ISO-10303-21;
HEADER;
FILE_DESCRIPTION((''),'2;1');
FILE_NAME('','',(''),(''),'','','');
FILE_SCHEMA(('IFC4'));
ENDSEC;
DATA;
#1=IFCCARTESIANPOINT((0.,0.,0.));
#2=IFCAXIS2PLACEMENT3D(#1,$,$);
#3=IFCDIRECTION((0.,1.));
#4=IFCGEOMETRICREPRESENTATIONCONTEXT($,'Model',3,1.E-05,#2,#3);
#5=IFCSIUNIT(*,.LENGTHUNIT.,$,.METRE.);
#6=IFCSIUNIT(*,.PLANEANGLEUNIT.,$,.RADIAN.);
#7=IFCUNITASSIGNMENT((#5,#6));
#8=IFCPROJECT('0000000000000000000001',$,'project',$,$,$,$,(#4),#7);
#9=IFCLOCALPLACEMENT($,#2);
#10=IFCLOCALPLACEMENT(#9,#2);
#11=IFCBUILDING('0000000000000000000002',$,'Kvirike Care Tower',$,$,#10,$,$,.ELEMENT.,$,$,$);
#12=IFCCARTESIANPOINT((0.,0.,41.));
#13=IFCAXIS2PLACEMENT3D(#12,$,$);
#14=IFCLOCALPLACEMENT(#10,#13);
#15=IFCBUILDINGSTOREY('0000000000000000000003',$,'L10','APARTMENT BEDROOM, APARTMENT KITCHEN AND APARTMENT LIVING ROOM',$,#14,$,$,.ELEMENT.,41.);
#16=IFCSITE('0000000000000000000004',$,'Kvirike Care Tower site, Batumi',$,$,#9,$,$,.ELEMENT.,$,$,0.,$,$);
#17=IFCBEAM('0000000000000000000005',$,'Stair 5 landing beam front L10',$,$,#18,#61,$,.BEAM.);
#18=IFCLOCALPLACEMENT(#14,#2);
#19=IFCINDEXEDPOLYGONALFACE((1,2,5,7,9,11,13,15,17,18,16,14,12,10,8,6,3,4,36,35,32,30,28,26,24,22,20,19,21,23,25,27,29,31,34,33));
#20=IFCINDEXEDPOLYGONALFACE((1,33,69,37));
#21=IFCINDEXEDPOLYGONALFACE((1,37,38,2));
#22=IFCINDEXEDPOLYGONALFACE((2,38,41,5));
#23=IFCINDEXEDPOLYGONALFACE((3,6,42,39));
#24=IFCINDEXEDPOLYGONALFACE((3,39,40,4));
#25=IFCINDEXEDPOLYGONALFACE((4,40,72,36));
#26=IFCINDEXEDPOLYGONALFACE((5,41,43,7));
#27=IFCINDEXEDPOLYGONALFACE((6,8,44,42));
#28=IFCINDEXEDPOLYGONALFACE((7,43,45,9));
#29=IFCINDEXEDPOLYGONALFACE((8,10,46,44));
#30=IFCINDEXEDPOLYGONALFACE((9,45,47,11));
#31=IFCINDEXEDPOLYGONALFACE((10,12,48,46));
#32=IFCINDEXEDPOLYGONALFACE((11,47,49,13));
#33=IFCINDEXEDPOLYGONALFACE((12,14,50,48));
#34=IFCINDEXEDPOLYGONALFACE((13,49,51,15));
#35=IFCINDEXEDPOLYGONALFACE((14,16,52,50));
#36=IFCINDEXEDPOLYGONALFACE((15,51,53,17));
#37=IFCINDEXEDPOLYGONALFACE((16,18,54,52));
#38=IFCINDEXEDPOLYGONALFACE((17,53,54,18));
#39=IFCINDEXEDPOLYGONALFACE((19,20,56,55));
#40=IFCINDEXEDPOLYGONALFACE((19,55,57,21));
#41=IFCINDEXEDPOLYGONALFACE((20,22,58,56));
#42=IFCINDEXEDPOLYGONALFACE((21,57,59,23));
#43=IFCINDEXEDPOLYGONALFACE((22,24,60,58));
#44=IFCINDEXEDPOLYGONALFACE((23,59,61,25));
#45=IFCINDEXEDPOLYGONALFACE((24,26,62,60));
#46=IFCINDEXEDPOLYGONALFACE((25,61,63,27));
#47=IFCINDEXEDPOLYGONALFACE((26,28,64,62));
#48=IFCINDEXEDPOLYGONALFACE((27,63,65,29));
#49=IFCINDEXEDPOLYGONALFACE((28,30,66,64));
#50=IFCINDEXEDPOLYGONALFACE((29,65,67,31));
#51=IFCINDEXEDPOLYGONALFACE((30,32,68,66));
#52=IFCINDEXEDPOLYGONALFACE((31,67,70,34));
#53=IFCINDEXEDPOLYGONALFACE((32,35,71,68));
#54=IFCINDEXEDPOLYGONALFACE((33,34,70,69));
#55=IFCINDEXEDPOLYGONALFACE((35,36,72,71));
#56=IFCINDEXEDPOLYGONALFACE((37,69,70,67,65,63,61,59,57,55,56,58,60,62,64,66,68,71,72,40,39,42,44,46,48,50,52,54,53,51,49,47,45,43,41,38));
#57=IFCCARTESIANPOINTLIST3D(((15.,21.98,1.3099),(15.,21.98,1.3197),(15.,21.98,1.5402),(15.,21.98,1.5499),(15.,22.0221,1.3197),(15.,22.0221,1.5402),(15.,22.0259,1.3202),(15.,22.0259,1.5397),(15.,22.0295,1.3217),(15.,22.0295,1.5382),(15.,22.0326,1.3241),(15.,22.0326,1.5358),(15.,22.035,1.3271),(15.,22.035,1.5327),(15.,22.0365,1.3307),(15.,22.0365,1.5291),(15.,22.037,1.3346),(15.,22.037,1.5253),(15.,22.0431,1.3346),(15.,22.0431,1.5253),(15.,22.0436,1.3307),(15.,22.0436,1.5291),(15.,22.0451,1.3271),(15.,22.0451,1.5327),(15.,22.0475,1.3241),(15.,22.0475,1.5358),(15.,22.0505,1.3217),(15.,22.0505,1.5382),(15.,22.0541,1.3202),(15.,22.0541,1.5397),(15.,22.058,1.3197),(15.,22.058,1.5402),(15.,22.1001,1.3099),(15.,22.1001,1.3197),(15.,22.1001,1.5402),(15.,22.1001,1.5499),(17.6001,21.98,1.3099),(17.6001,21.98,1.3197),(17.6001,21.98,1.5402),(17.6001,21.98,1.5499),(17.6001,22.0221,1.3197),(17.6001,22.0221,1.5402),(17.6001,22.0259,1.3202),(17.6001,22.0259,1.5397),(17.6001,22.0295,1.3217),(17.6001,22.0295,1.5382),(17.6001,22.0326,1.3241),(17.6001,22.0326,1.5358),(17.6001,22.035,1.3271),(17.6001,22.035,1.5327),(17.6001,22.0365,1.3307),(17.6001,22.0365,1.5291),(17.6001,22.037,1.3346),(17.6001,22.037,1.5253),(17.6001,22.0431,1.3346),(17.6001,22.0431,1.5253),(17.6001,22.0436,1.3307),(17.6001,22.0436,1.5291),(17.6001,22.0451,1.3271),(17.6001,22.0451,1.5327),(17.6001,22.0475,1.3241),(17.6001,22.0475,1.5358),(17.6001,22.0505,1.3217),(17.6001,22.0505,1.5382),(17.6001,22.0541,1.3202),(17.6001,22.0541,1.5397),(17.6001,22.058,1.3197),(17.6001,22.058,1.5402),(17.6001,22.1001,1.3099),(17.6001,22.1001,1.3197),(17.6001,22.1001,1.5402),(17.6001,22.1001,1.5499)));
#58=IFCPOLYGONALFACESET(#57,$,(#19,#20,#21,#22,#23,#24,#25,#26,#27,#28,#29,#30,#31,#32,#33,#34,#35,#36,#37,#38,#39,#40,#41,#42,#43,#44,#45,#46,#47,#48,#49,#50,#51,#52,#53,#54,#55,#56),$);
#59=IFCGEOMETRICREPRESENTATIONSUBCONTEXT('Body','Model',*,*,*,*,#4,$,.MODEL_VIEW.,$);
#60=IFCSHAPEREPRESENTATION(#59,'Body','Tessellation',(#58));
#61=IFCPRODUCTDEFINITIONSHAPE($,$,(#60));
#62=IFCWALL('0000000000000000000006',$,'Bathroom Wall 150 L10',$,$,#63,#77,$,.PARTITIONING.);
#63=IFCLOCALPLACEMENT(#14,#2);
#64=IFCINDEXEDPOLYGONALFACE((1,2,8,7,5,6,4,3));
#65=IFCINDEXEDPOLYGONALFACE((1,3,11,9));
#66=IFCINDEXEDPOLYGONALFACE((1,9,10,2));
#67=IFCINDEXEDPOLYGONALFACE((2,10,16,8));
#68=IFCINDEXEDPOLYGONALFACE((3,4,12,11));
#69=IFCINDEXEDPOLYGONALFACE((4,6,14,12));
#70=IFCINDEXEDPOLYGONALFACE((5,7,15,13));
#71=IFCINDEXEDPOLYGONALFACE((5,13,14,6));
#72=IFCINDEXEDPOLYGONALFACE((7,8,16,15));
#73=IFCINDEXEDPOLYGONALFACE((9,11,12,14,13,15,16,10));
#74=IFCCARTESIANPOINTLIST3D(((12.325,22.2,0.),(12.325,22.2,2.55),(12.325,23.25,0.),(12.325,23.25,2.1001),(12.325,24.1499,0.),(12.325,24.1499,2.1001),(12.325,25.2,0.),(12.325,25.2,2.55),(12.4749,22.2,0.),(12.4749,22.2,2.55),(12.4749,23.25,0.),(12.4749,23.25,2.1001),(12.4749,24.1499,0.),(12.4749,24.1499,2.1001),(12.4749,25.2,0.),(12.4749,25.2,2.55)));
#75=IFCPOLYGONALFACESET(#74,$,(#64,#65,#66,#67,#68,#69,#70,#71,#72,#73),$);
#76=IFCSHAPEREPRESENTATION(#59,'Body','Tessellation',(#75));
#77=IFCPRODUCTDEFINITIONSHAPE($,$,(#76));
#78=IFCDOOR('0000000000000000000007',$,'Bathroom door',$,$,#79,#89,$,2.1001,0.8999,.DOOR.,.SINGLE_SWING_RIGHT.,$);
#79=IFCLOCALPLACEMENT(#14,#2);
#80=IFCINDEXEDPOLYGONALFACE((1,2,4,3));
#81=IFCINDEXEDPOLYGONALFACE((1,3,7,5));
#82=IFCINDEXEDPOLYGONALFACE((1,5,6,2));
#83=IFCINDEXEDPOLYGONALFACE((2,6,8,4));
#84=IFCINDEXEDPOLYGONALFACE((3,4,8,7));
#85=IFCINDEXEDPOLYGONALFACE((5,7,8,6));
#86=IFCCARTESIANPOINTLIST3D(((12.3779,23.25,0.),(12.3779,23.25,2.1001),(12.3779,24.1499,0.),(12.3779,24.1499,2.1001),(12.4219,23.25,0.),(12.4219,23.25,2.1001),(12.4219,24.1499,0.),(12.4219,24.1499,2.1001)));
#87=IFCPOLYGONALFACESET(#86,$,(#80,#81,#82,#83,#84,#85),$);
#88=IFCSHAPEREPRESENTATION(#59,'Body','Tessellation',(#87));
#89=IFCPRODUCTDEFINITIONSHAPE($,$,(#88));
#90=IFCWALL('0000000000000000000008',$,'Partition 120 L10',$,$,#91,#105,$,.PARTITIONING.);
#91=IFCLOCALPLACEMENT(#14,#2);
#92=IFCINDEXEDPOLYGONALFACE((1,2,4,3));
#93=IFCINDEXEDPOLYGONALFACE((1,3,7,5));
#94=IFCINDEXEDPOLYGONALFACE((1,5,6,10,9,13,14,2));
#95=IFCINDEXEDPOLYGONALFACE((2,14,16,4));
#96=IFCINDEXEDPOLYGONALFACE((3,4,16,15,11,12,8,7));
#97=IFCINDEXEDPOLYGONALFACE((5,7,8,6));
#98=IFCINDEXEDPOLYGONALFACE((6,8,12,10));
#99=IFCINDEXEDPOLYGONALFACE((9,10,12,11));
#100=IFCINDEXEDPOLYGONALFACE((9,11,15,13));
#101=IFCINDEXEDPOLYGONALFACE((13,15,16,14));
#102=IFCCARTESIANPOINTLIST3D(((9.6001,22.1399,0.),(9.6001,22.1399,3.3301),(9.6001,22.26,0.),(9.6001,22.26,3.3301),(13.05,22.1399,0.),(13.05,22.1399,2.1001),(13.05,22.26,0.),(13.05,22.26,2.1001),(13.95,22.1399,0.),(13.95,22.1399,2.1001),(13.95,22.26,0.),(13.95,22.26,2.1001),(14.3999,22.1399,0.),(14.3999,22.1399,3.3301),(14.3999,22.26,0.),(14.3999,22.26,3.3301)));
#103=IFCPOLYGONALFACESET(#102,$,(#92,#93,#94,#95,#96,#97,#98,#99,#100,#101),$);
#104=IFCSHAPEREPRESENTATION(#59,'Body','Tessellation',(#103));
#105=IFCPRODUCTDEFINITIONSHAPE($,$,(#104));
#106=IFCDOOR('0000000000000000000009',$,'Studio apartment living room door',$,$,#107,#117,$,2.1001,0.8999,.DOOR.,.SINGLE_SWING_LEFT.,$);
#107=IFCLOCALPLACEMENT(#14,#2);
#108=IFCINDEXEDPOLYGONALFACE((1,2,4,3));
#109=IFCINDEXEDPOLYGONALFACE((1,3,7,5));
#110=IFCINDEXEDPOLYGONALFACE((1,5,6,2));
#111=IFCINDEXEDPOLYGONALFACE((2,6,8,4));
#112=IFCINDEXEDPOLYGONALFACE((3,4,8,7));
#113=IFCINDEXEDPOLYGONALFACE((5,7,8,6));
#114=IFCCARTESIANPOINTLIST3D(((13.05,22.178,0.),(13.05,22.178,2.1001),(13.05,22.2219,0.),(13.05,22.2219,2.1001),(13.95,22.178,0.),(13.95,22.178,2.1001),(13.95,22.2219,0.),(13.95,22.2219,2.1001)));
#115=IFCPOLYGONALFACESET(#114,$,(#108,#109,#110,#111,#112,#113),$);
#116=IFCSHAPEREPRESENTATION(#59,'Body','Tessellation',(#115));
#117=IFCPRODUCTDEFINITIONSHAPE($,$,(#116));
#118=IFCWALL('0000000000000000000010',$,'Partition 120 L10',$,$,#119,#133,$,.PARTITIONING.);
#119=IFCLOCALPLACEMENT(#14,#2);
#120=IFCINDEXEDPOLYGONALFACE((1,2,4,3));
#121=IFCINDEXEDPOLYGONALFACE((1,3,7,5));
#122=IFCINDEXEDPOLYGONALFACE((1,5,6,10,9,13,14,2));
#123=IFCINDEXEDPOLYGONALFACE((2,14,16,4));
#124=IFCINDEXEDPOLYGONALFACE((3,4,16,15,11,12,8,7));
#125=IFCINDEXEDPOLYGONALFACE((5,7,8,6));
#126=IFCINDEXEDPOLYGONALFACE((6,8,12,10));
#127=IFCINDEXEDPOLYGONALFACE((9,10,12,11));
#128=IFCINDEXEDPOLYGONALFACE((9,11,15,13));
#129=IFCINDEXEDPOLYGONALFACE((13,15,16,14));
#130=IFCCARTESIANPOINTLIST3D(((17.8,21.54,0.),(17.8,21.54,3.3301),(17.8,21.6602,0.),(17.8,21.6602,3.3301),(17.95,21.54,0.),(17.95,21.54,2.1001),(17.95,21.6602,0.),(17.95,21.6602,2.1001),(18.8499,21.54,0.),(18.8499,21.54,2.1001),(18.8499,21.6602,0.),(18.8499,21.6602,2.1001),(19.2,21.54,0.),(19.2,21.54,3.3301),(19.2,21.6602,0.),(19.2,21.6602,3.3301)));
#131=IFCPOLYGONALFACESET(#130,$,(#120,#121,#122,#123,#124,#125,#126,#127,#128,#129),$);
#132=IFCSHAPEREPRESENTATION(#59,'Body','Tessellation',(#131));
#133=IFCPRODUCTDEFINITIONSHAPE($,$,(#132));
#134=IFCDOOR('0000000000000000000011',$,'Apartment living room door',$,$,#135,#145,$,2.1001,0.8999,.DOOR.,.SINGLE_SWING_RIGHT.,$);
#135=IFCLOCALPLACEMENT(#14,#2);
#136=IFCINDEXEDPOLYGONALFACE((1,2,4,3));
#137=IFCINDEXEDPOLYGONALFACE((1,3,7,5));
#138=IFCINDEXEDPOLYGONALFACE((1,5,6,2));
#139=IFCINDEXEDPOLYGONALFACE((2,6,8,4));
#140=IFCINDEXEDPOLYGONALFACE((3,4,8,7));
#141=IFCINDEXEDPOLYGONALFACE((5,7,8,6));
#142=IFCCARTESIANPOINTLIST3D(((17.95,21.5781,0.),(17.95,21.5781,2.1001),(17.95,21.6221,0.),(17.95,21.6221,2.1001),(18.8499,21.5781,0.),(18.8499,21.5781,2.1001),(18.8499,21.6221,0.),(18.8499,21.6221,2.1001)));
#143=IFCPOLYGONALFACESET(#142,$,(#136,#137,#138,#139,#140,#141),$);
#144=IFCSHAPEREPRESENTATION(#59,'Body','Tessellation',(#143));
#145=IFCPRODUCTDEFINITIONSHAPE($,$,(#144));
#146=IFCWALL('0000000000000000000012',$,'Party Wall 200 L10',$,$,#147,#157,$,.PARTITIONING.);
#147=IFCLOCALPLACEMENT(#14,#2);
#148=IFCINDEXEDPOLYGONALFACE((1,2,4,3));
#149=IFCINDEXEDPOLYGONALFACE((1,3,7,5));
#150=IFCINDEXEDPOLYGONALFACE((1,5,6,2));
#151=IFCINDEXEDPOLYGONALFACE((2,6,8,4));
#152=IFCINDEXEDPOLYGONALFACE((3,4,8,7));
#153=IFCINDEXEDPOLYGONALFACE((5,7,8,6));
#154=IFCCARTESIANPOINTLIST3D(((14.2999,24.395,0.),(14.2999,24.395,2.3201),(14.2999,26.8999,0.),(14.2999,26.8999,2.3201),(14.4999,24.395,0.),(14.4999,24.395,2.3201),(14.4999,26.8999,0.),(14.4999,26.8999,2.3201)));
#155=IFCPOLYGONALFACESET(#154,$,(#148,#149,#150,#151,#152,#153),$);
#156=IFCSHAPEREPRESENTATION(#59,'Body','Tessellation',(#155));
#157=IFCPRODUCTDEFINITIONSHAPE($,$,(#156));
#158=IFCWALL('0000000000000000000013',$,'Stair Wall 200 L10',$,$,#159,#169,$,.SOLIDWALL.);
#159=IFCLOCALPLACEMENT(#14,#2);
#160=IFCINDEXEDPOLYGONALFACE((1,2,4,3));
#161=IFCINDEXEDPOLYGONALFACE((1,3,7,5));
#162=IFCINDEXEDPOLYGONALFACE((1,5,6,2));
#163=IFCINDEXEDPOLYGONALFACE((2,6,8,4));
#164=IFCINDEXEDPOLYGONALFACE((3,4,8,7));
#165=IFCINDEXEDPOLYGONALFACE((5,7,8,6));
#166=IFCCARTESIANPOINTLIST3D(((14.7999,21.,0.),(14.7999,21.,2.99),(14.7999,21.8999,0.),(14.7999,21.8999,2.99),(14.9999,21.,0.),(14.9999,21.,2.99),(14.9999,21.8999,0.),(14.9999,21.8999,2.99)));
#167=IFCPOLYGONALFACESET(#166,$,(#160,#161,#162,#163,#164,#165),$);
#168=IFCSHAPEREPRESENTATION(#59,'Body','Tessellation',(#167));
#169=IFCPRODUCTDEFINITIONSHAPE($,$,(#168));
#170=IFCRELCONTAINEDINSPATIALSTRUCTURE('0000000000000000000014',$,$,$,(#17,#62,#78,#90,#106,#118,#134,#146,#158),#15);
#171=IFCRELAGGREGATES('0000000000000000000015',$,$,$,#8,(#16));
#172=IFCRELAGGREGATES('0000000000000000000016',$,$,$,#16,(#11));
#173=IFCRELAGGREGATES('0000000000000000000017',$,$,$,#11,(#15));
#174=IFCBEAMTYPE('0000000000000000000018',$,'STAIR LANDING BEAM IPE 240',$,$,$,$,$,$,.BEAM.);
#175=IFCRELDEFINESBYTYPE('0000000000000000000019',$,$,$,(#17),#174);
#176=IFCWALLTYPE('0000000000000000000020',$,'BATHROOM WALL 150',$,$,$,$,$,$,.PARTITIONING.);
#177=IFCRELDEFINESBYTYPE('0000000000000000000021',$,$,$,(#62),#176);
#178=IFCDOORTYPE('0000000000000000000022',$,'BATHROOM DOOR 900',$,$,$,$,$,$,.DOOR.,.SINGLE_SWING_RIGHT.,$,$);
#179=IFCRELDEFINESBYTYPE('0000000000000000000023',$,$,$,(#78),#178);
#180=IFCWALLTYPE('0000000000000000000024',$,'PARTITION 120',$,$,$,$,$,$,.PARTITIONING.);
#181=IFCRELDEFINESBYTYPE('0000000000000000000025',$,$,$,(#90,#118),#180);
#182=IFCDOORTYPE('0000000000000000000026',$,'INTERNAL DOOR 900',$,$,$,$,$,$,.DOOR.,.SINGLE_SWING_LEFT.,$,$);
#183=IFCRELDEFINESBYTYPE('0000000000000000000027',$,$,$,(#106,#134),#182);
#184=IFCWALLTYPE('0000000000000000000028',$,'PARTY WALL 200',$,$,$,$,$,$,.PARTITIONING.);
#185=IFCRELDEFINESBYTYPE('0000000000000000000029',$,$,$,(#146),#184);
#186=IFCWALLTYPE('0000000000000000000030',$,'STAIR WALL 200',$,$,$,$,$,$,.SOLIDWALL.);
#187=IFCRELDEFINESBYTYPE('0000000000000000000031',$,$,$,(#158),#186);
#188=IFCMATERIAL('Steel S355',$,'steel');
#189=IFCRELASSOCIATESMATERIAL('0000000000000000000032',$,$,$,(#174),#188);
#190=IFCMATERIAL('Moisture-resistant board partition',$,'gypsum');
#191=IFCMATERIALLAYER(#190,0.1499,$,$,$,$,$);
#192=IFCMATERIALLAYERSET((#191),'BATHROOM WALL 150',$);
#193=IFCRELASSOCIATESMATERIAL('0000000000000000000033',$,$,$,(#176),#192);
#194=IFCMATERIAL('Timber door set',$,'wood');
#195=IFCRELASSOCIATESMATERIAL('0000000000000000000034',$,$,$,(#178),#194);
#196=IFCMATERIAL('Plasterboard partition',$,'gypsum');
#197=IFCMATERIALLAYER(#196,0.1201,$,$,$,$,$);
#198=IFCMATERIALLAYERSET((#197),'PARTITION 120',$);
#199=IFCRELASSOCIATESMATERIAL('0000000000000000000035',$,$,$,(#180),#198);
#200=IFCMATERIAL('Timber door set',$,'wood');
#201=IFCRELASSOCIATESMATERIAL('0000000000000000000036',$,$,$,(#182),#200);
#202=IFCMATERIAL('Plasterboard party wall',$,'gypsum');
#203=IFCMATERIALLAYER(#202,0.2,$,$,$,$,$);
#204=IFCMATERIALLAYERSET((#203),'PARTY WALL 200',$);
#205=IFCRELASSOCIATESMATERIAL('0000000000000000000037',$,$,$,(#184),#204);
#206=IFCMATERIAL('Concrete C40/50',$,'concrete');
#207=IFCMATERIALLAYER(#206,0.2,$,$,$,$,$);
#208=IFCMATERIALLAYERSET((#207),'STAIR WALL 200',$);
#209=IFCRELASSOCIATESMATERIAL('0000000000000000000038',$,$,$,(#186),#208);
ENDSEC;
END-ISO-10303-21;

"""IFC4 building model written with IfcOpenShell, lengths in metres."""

from ifc_helpers import new_model, si_unit, direction, frame, frame_2d, origin, origin_2d, place, context, subcontext, project, spatial, rectangle, i_section, extrude, material, layer, layer_set, material_profile, profile_set, type_object, element, fill, save


model = new_model("IFC4")

# Units and contexts
model_context = context("Model", 3, precision=1e-05, world=origin(), true_north=direction((0.0, 1.0)))
body_context = subcontext(model_context, "Body", "Model", "MODEL_VIEW")
ifc_project = project(units=[si_unit("LENGTHUNIT", "METRE"), si_unit("PLANEANGLEUNIT", "RADIAN")], contexts=[model_context])

# Site, building, storey
site_placement = place(None, origin())
site = spatial("IfcSite", under=ifc_project, at=site_placement, Name="Kvirike Care Tower site, Batumi", CompositionType="ELEMENT", RefElevation=0.0)
building_placement = place(site_placement, origin())
building = spatial("IfcBuilding", under=site, at=building_placement, Name="Kvirike Care Tower", CompositionType="ELEMENT")
storey_placement = place(building_placement, frame((0.0, 0.0, 41.0)))
storey = spatial("IfcBuildingStorey", under=building, at=storey_placement, Name="L10", Description="APARTMENT BEDROOM, APARTMENT KITCHEN AND APARTMENT LIVING ROOM", CompositionType="ELEMENT", Elevation=41.0)

# Beam
ifc_material_1 = material(Name="Steel S355", Category="steel")
ifc_material_profile_1 = material_profile(ifc_material_1, i_section(OverallWidth=0.1201, OverallDepth=0.24, WebThickness=0.0061, FlangeThickness=0.0098, FilletRadius=0.0149, at=origin_2d()), Name="IPE 240")
ifc_profile_set_1 = profile_set([ifc_material_profile_1], Name="Steel S355")
beam_type_1 = type_object("IfcBeamType", Name="STAIR LANDING BEAM IPE 240", PredefinedType="BEAM", material=ifc_profile_set_1)
for number, where, z_axis, x_axis, name in (
    (1, (15.0, 22.04, 1.4299), (1.0, 0.0, 0.0), (0.0, 1.0, 0.0), "Stair 5 landing beam front L10"),
):
    element("IfcBeam", number, at=place(storey_placement, frame(where, z_axis=z_axis, x_axis=x_axis)), inside=storey, type_object=beam_type_1, Name=name, PredefinedType="BEAM", context=body_context, shape_type="SweptSolid", body=[
        extrude(i_section(OverallWidth=0.1201, OverallDepth=0.24, WebThickness=0.0061, FlangeThickness=0.0098, FilletRadius=0.0149, at=origin_2d()), origin(), (0.0, 0.0, 1.0), 2.6001),
    ])

# Walls, openings, doors
ifc_material_2 = material(Name="Moisture-resistant board partition", Category="gypsum")
ifc_layer_1 = layer(ifc_material_2, 0.1499)
ifc_layer_set_1 = layer_set([ifc_layer_1], Name="BATHROOM WALL 150")
wall_type_1 = type_object("IfcWallType", Name="BATHROOM WALL 150", PredefinedType="PARTITIONING", material=ifc_layer_set_1)
wall_1_placement = place(storey_placement, frame((12.3999, 22.2, 0.0), z_axis=(0.0, 0.0, 1.0), x_axis=(0.0, 1.0, 0.0)))
wall_1 = element("IfcWall", 2, at=wall_1_placement, inside=storey, type_object=wall_type_1, Name="Bathroom Wall 150 L10", PredefinedType="PARTITIONING", context=body_context, shape_type="SweptSolid", body=[
    extrude(rectangle(XDim=3.0, YDim=0.1499, at=frame_2d((1.5, 0.0))), origin(), (0.0, 0.0, 1.0), 2.55),
])
opening_1_placement = place(wall_1_placement, frame((1.05, 0.0, 0.0)))
opening_1 = element("IfcOpeningElement", 3, at=opening_1_placement, cuts=wall_1, PredefinedType="OPENING", context=body_context, shape_type="SweptSolid", body=[
    extrude(rectangle(XDim=0.8999, YDim=2.1001, at=frame_2d((0.45, 1.05))), frame((0.0, 0.0854, 0.0), z_axis=(0.0, -1.0, 0.0), x_axis=(1.0, 0.0, 0.0)), (0.0, 0.0, 1.0), 0.1709),
])
ifc_material_3 = material(Name="Timber door set", Category="wood")
door_type_1 = type_object("IfcDoorType", Name="BATHROOM DOOR 900", OperationType="SINGLE_SWING_RIGHT", PredefinedType="DOOR", material=ifc_material_3)
door_1_placement = place(opening_1_placement, origin())
door_1 = element("IfcDoor", 4, at=door_1_placement, inside=storey, type_object=door_type_1, Name="Bathroom door", OperationType="SINGLE_SWING_RIGHT", OverallHeight=2.1001, OverallWidth=0.8999, PredefinedType="DOOR", context=body_context, shape_type="SweptSolid", body=[
    extrude(rectangle(XDim=0.8999, YDim=2.1001, at=frame_2d((0.45, 1.05))), frame((0.0, 0.022, 0.0), z_axis=(0.0, -1.0, 0.0), x_axis=(1.0, 0.0, 0.0)), (0.0, 0.0, 1.0), 0.0439),
])
fill(opening_1, door_1)
ifc_material_4 = material(Name="Plasterboard partition", Category="gypsum")
ifc_layer_2 = layer(ifc_material_4, 0.1201)
ifc_layer_set_2 = layer_set([ifc_layer_2], Name="PARTITION 120")
wall_type_2 = type_object("IfcWallType", Name="PARTITION 120", PredefinedType="PARTITIONING", material=ifc_layer_set_2)
wall_2_placement = place(storey_placement, frame((9.6001, 22.2, 0.0), z_axis=(0.0, 0.0, 1.0), x_axis=(1.0, 0.0, 0.0)))
wall_2 = element("IfcWall", 5, at=wall_2_placement, inside=storey, type_object=wall_type_2, Name="Partition 120 L10", PredefinedType="PARTITIONING", context=body_context, shape_type="SweptSolid", body=[
    extrude(rectangle(XDim=4.7998, YDim=0.1201, at=frame_2d((2.3999, 0.0))), origin(), (0.0, 0.0, 1.0), 3.3301),
])
opening_2_placement = place(wall_2_placement, frame((3.45, 0.0, 0.0)))
opening_2 = element("IfcOpeningElement", 6, at=opening_2_placement, cuts=wall_2, PredefinedType="OPENING", context=body_context, shape_type="SweptSolid", body=[
    extrude(rectangle(XDim=0.8999, YDim=2.1001, at=frame_2d((0.45, 1.05))), frame((0.0, 0.0706, 0.0), z_axis=(0.0, -1.0, 0.0), x_axis=(1.0, 0.0, 0.0)), (0.0, 0.0, 1.0), 0.1411),
])
ifc_material_5 = material(Name="Timber door set", Category="wood")
door_type_2 = type_object("IfcDoorType", Name="INTERNAL DOOR 900", OperationType="SINGLE_SWING_LEFT", PredefinedType="DOOR", material=ifc_material_5)
door_2_placement = place(opening_2_placement, origin())
door_2 = element("IfcDoor", 7, at=door_2_placement, inside=storey, type_object=door_type_2, Name="Studio apartment living room door", OperationType="SINGLE_SWING_LEFT", OverallHeight=2.1001, OverallWidth=0.8999, PredefinedType="DOOR", context=body_context, shape_type="SweptSolid", body=[
    extrude(rectangle(XDim=0.8999, YDim=2.1001, at=frame_2d((0.45, 1.05))), frame((0.0, 0.022, 0.0), z_axis=(0.0, -1.0, 0.0), x_axis=(1.0, 0.0, 0.0)), (0.0, 0.0, 1.0), 0.0439),
])
fill(opening_2, door_2)
wall_3_placement = place(storey_placement, frame((17.8, 21.6001, 0.0), z_axis=(0.0, 0.0, 1.0), x_axis=(1.0, 0.0, 0.0)))
wall_3 = element("IfcWall", 8, at=wall_3_placement, inside=storey, type_object=wall_type_2, Name="Partition 120 L10", PredefinedType="PARTITIONING", context=body_context, shape_type="SweptSolid", body=[
    extrude(rectangle(XDim=1.3999, YDim=0.1201, at=frame_2d((0.7, 0.0))), origin(), (0.0, 0.0, 1.0), 3.3301),
])
opening_3_placement = place(wall_3_placement, frame((0.1499, 0.0, 0.0)))
opening_3 = element("IfcOpeningElement", 9, at=opening_3_placement, cuts=wall_3, PredefinedType="OPENING", context=body_context, shape_type="SweptSolid", body=[
    extrude(rectangle(XDim=0.8999, YDim=2.1001, at=frame_2d((0.45, 1.05))), frame((0.0, 0.0706, 0.0), z_axis=(0.0, -1.0, 0.0), x_axis=(1.0, 0.0, 0.0)), (0.0, 0.0, 1.0), 0.1411),
])
door_3_placement = place(opening_3_placement, origin())
door_3 = element("IfcDoor", 10, at=door_3_placement, inside=storey, type_object=door_type_2, Name="Apartment living room door", OperationType="SINGLE_SWING_RIGHT", OverallHeight=2.1001, OverallWidth=0.8999, PredefinedType="DOOR", context=body_context, shape_type="SweptSolid", body=[
    extrude(rectangle(XDim=0.8999, YDim=2.1001, at=frame_2d((0.45, 1.05))), frame((0.0, 0.022, 0.0), z_axis=(0.0, -1.0, 0.0), x_axis=(1.0, 0.0, 0.0)), (0.0, 0.0, 1.0), 0.0439),
])
fill(opening_3, door_3)

# Walls
ifc_material_6 = material(Name="Plasterboard party wall", Category="gypsum")
ifc_layer_3 = layer(ifc_material_6, 0.2)
ifc_layer_set_3 = layer_set([ifc_layer_3], Name="PARTY WALL 200")
wall_type_3 = type_object("IfcWallType", Name="PARTY WALL 200", PredefinedType="PARTITIONING", material=ifc_layer_set_3)
wall_4_placement = place(storey_placement, frame((14.3999, 24.395, 0.0), z_axis=(0.0, 0.0, 1.0), x_axis=(0.0, 1.0, 0.0)))
element("IfcWall", 11, at=wall_4_placement, inside=storey, type_object=wall_type_3, Name="Party Wall 200 L10", PredefinedType="PARTITIONING", context=body_context, shape_type="SweptSolid", body=[
    extrude(rectangle(XDim=2.5049, YDim=0.2, at=frame_2d((1.2524, 0.0))), origin(), (0.0, 0.0, 1.0), 2.3201),
])
ifc_material_7 = material(Name="Concrete C40/50", Category="concrete")
ifc_layer_4 = layer(ifc_material_7, 0.2)
ifc_layer_set_4 = layer_set([ifc_layer_4], Name="STAIR WALL 200")
wall_type_4 = type_object("IfcWallType", Name="STAIR WALL 200", PredefinedType="SOLIDWALL", material=ifc_layer_set_4)
wall_5_placement = place(storey_placement, frame((14.8999, 21.0, 0.0), z_axis=(0.0, 0.0, 1.0), x_axis=(0.0, 1.0, 0.0)))
element("IfcWall", 12, at=wall_5_placement, inside=storey, type_object=wall_type_4, Name="Stair Wall 200 L10", PredefinedType="SOLIDWALL", context=body_context, shape_type="SweptSolid", body=[
    extrude(rectangle(XDim=0.8999, YDim=0.2, at=frame_2d((0.45, 0.0))), origin(), (0.0, 0.0, 1.0), 2.99),
])

save(model, "model.ifc")
